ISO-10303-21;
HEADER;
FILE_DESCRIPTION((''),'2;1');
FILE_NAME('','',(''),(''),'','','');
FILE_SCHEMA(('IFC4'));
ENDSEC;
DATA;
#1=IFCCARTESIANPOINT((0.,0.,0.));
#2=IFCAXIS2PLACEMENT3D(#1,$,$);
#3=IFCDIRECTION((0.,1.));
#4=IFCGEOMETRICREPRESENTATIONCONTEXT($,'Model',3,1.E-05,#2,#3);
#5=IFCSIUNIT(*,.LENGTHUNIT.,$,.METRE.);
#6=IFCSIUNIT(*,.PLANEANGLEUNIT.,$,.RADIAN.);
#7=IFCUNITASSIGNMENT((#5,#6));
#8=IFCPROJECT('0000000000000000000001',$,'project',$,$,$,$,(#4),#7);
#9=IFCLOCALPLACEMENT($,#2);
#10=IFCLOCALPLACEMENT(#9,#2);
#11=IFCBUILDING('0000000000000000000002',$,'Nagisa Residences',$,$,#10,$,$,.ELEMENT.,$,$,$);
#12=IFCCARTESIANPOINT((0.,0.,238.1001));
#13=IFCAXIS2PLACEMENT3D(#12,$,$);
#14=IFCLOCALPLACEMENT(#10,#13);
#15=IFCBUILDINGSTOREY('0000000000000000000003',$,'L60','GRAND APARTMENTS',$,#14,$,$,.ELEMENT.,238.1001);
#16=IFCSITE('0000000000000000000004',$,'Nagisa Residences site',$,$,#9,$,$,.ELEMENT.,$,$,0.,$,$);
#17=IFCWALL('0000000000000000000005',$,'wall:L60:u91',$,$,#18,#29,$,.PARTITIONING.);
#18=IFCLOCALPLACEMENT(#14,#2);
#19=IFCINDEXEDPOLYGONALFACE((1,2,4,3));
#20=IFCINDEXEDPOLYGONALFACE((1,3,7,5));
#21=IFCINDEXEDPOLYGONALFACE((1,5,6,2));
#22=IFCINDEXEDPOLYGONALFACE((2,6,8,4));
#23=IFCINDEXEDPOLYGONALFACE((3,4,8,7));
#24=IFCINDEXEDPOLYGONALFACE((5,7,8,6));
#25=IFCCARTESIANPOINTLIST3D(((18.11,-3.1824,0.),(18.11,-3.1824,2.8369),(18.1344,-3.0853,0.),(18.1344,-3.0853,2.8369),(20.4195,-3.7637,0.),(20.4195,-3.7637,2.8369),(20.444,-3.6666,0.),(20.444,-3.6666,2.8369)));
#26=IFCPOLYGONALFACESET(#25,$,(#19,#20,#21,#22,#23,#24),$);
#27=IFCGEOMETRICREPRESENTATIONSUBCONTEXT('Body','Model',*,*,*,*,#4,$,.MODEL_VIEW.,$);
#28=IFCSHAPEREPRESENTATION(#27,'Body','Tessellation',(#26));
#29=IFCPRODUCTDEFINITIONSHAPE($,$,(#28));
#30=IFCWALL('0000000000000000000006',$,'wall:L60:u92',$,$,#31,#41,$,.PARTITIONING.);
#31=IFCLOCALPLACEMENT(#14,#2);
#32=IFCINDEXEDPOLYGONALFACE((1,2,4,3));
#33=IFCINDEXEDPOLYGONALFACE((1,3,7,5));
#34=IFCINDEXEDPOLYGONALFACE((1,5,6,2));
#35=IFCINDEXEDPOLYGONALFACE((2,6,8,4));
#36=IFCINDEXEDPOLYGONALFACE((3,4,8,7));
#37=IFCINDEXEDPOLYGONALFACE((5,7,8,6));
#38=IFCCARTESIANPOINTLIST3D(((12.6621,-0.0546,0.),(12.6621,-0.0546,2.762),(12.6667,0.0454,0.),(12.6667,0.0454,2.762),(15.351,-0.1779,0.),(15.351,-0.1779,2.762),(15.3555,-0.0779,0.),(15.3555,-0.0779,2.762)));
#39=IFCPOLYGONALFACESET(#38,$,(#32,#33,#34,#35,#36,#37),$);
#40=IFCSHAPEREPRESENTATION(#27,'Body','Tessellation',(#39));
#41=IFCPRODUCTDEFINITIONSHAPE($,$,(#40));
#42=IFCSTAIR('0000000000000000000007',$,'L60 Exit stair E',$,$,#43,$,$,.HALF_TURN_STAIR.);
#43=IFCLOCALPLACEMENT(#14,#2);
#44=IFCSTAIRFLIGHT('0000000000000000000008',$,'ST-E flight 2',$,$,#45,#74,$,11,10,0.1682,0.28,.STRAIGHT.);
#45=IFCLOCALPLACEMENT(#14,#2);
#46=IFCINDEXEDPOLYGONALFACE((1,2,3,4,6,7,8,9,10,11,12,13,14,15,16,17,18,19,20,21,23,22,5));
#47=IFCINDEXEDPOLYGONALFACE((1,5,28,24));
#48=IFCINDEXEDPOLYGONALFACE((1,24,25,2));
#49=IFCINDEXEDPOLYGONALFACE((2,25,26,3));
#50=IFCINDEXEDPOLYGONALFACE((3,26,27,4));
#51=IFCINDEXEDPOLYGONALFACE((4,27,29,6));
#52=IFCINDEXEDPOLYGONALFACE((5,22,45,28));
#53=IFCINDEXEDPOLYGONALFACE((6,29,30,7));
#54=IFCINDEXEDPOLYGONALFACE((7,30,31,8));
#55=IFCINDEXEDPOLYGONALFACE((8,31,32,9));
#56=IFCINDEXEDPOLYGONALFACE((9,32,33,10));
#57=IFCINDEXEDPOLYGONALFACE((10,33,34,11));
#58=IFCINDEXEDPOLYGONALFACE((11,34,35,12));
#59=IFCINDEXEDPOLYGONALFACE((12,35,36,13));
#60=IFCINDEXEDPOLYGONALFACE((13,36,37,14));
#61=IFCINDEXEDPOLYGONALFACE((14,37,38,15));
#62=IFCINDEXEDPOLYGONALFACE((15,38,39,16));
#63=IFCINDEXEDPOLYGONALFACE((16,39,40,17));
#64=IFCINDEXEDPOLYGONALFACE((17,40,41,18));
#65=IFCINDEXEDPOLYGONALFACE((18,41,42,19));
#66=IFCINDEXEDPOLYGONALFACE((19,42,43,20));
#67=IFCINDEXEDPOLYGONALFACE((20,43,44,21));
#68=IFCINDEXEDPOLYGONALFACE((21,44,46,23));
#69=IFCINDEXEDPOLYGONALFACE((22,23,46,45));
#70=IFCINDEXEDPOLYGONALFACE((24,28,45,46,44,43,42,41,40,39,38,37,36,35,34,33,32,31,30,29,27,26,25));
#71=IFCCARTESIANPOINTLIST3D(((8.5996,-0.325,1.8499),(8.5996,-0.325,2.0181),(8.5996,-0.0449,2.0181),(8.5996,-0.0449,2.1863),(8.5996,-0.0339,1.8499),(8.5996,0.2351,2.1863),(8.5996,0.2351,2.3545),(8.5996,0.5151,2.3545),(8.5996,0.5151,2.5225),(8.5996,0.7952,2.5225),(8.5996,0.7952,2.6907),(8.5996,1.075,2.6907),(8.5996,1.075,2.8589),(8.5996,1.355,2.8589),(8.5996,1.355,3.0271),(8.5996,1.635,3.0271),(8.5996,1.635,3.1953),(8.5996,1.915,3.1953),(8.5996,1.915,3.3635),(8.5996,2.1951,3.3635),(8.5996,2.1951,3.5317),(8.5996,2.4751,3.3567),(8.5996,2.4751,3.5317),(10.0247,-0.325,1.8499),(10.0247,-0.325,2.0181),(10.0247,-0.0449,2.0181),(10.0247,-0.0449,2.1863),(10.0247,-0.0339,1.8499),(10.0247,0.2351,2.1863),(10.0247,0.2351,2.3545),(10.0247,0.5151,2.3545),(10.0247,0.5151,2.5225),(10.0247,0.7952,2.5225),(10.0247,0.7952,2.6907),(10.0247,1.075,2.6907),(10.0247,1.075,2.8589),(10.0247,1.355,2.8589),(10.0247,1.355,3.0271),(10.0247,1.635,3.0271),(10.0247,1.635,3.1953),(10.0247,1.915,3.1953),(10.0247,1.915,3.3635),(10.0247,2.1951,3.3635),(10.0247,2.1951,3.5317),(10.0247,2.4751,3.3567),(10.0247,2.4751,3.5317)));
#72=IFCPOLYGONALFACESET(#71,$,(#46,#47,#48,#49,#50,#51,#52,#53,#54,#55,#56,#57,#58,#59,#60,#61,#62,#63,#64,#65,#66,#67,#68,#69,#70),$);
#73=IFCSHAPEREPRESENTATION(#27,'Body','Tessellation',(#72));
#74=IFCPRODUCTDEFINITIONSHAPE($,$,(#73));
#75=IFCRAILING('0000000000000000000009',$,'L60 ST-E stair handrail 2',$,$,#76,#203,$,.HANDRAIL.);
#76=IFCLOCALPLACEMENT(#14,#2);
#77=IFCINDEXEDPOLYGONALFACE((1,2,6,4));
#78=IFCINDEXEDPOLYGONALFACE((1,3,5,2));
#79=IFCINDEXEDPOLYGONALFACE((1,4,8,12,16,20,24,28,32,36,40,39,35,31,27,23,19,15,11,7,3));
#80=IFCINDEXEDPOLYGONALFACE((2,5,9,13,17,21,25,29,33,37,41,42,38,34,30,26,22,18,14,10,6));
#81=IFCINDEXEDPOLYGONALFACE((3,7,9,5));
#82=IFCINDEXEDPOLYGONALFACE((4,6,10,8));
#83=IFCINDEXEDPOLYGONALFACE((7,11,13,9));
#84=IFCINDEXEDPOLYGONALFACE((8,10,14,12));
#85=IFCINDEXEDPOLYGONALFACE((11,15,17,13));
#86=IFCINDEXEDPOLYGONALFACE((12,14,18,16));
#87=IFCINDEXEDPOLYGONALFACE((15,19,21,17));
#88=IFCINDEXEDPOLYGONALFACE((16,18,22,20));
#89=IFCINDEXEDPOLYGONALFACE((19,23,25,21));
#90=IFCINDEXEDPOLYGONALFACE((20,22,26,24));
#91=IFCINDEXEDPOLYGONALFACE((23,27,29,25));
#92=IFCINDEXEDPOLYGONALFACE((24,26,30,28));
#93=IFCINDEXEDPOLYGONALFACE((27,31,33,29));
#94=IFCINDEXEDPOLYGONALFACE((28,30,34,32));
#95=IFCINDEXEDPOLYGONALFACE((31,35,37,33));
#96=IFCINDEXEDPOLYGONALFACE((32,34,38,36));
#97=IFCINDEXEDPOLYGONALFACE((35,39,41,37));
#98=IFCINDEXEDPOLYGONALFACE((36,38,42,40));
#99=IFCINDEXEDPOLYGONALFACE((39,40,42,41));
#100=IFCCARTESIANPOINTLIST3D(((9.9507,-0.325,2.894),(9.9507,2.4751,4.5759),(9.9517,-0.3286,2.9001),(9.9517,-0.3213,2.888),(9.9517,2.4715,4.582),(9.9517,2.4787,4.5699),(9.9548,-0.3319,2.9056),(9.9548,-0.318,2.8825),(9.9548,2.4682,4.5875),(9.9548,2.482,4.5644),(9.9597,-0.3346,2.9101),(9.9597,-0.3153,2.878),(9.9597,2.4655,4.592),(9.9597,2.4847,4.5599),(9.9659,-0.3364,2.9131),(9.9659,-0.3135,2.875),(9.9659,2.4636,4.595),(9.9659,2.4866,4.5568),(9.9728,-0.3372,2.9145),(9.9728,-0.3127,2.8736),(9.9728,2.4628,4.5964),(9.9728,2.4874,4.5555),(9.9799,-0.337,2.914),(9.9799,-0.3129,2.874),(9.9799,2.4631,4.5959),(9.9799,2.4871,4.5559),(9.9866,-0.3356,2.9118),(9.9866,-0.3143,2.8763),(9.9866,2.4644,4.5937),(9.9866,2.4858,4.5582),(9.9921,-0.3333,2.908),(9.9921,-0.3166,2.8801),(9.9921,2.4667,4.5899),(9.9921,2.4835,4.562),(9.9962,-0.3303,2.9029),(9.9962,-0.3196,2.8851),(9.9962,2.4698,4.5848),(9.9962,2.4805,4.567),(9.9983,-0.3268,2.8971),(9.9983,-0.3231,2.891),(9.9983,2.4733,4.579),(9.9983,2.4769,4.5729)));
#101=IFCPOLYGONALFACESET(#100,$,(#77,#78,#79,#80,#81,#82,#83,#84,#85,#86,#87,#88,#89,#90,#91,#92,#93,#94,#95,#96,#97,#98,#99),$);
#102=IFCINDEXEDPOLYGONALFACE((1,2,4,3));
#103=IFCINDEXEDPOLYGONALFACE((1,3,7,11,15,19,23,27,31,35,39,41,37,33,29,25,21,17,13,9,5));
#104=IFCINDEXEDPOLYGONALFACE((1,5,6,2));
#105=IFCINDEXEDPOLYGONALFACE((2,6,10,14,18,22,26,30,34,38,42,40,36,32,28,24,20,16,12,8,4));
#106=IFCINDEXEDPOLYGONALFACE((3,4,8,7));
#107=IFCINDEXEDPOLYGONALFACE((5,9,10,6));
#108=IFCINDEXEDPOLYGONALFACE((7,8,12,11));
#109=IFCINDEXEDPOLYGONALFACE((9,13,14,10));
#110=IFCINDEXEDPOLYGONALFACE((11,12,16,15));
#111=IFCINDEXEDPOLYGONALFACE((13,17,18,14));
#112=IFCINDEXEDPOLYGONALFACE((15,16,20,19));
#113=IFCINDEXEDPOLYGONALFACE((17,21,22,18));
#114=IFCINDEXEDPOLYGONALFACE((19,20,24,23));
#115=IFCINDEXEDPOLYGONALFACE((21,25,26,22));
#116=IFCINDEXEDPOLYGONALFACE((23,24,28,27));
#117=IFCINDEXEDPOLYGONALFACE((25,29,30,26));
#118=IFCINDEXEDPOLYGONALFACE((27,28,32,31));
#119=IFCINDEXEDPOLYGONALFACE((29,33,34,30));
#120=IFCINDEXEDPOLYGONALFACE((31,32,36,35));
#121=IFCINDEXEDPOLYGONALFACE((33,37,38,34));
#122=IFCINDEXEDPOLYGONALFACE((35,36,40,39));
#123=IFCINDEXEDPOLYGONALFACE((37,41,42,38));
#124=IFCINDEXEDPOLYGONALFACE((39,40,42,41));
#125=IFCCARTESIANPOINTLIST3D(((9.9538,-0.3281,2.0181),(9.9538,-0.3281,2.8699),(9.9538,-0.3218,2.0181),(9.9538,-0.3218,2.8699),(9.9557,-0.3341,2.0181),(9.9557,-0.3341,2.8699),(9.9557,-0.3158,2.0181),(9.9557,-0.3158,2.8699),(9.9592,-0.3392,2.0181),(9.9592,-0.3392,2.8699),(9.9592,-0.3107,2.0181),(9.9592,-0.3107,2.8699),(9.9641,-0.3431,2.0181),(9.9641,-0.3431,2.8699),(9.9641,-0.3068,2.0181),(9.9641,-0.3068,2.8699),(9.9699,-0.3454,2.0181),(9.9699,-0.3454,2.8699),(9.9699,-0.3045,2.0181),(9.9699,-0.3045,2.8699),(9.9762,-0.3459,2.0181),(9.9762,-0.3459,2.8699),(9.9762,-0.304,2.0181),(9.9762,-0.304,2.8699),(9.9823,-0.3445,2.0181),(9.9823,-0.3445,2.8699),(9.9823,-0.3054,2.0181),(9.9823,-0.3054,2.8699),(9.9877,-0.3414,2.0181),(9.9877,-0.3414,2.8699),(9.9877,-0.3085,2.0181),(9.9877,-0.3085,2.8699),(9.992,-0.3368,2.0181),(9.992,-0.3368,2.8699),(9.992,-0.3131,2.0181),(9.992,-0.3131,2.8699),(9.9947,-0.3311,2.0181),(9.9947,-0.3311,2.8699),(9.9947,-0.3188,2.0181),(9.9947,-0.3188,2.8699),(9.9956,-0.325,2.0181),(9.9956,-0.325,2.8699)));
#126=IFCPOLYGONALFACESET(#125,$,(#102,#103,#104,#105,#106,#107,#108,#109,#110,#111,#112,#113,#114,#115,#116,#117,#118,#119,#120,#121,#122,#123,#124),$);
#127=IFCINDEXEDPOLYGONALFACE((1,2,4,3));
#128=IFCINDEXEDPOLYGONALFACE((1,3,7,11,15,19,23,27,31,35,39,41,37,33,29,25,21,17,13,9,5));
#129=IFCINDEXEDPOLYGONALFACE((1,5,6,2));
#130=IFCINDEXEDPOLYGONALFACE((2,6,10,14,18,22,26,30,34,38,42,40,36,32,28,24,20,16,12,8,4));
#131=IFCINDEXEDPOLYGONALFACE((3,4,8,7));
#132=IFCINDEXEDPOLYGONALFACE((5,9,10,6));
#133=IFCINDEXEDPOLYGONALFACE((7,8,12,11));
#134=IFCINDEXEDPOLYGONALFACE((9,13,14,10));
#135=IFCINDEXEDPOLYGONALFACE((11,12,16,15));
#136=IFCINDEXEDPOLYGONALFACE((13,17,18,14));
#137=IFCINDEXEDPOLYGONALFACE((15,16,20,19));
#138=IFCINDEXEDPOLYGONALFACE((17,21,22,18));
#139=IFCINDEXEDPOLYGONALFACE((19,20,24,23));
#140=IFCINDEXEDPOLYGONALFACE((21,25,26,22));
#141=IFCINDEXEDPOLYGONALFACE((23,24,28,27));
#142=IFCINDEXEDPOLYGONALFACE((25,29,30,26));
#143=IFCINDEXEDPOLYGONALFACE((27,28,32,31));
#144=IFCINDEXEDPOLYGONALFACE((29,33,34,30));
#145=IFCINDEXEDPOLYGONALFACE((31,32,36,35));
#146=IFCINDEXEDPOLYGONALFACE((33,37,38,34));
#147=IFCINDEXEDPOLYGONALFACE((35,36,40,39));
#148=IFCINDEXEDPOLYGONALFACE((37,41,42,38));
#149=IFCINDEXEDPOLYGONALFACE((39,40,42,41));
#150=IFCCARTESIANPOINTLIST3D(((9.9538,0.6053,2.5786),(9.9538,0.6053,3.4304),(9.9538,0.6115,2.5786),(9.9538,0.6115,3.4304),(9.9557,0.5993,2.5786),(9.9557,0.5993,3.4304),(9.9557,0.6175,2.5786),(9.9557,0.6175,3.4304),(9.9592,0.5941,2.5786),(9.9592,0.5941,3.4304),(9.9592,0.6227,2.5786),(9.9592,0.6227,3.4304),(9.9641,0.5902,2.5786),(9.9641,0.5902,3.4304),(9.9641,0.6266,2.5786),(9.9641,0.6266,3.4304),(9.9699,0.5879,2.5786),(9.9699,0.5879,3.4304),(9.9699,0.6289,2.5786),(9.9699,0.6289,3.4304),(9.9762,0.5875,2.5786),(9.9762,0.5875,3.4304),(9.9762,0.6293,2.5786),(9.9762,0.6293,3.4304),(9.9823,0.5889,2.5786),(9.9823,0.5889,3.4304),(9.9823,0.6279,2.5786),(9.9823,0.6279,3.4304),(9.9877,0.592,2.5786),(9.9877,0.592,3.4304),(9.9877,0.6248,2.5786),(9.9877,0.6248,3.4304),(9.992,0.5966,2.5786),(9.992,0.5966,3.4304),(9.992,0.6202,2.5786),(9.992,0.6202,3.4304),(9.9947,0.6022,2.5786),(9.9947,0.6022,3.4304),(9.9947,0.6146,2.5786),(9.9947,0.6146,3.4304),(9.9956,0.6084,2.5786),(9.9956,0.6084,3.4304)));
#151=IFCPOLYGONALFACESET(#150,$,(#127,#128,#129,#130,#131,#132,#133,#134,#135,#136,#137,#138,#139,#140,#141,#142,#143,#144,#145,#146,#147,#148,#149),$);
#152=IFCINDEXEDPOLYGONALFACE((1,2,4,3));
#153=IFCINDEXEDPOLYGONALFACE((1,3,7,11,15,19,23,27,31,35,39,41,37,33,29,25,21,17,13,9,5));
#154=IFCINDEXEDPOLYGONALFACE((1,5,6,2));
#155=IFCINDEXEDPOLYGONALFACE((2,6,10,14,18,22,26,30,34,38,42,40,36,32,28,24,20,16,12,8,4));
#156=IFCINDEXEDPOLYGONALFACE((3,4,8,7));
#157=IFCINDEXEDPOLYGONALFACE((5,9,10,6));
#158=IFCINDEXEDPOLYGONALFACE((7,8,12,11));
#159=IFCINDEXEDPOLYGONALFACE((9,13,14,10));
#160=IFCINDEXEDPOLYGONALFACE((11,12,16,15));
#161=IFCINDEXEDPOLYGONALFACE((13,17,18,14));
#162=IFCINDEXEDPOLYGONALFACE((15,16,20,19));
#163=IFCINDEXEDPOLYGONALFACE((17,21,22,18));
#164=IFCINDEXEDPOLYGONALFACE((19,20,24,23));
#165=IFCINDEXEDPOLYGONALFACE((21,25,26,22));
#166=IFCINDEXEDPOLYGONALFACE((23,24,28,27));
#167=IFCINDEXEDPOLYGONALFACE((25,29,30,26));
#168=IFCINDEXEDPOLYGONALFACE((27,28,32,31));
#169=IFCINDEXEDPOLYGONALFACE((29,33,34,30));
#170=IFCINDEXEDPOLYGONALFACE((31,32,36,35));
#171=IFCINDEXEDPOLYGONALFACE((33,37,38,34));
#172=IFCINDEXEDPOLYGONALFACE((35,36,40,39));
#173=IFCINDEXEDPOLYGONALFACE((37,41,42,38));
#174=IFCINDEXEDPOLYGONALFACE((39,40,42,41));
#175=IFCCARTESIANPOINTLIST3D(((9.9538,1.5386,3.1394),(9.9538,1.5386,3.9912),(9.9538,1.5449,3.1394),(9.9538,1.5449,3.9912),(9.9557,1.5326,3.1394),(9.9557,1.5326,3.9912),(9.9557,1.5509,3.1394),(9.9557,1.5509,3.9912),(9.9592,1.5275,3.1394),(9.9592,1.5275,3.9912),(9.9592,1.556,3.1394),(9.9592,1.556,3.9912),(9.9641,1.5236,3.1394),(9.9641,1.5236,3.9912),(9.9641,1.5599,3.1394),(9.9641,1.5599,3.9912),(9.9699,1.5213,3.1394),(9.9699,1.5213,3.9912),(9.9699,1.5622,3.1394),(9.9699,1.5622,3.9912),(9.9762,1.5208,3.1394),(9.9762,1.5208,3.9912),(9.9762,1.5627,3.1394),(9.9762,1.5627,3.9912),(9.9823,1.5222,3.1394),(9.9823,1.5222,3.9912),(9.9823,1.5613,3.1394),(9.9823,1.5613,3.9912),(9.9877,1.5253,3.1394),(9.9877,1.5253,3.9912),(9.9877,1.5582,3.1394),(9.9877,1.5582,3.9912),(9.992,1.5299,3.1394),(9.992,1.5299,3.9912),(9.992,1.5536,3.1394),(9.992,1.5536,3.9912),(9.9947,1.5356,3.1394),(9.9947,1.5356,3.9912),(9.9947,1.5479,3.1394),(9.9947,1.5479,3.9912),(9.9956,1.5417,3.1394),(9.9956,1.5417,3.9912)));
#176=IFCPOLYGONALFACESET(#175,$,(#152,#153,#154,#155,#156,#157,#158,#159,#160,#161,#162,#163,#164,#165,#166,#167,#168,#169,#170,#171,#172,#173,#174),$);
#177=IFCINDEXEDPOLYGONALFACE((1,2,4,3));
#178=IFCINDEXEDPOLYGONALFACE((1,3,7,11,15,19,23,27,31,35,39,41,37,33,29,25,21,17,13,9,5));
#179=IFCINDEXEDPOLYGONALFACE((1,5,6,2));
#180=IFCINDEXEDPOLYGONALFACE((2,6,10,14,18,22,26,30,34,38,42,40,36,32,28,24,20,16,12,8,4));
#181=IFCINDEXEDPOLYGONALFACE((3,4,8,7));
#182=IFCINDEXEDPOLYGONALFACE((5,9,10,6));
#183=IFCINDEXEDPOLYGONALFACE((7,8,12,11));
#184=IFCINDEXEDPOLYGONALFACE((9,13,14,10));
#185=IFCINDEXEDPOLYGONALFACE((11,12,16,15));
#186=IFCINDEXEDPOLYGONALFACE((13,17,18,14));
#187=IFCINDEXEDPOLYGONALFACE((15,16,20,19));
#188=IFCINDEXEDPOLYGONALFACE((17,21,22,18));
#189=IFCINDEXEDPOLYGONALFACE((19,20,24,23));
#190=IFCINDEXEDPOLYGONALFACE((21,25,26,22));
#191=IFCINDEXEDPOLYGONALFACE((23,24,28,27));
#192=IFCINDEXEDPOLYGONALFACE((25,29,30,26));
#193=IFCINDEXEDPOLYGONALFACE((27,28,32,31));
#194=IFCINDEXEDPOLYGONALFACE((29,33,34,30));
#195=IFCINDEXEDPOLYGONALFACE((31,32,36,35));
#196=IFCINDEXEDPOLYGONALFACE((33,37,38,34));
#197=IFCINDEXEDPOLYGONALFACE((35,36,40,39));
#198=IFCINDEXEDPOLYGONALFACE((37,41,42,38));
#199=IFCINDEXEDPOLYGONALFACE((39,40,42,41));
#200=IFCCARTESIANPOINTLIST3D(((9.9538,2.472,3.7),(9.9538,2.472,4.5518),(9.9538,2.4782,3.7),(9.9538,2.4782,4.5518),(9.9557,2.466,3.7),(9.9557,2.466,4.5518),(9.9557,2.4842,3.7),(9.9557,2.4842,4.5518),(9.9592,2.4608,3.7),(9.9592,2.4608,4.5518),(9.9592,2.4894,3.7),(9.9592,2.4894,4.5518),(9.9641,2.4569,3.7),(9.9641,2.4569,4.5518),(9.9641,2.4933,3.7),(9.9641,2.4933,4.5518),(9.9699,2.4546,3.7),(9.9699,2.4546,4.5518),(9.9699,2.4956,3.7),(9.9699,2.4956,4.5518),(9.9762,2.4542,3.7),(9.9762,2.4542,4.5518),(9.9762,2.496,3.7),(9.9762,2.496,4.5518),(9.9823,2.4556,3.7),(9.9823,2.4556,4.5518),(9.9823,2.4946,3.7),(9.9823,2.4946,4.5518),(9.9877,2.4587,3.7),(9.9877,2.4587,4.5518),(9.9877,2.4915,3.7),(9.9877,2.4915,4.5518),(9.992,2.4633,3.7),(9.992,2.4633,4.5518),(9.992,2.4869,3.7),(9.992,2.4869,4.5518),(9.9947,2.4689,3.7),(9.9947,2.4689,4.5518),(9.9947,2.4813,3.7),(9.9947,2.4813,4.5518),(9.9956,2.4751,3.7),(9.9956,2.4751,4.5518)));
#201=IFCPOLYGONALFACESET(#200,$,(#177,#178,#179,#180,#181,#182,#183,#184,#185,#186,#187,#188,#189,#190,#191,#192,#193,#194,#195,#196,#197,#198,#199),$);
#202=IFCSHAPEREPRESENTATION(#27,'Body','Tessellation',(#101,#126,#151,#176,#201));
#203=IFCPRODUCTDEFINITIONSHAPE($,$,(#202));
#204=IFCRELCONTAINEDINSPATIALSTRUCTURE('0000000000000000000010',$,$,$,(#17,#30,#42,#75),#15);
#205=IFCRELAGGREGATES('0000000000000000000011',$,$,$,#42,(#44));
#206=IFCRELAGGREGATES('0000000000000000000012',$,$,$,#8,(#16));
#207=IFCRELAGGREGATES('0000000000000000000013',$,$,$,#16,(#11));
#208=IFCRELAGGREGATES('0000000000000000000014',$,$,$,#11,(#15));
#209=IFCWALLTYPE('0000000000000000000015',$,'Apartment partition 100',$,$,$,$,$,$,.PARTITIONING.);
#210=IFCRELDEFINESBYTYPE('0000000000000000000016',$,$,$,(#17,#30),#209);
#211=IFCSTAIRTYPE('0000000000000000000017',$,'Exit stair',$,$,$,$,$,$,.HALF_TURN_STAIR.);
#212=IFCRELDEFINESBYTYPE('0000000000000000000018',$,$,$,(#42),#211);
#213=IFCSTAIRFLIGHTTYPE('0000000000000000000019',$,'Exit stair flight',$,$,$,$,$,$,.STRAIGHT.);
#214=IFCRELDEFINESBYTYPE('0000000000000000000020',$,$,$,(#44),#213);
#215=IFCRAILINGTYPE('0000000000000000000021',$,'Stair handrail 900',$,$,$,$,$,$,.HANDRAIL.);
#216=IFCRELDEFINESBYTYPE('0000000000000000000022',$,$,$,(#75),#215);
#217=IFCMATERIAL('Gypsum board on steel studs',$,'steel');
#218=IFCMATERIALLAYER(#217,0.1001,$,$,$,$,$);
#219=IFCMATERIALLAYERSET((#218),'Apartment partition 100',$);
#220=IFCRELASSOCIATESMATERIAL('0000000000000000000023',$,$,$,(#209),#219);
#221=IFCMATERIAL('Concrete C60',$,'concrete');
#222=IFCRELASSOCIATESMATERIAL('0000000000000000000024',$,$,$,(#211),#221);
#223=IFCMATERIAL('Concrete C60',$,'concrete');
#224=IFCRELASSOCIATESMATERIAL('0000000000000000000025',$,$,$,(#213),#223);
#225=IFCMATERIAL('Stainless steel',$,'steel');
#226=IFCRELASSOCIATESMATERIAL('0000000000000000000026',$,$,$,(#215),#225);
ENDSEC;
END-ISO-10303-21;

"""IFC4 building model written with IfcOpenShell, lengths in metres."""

from ifc_helpers import new_model, si_unit, direction, frame, frame_2d, origin, origin_2d, place, context, subcontext, project, spatial, polyline, rectangle, circle, outline, extrude, material, layer, layer_set, type_object, element, aggregate, save


model = new_model("IFC4")

# Units and contexts
model_context = context("Model", 3, precision=1e-05, world=origin(), true_north=direction((0.0, 1.0)))
body_context = subcontext(model_context, "Body", "Model", "MODEL_VIEW")
ifc_project = project(units=[si_unit("LENGTHUNIT", "METRE"), si_unit("PLANEANGLEUNIT", "RADIAN")], contexts=[model_context])

# Site, building, storey
site_placement = place(None, origin())
site = spatial("IfcSite", under=ifc_project, at=site_placement, Name="Nagisa Residences site", CompositionType="ELEMENT", RefElevation=0.0)
building_placement = place(site_placement, origin())
building = spatial("IfcBuilding", under=site, at=building_placement, Name="Nagisa Residences", CompositionType="ELEMENT")
storey_placement = place(building_placement, frame((0.0, 0.0, 238.1001)))
storey = spatial("IfcBuildingStorey", under=building, at=storey_placement, Name="L60", Description="GRAND APARTMENTS", CompositionType="ELEMENT", Elevation=238.1001)

# Shared definitions
ifc_material_1 = material(Name="Gypsum board on steel studs", Category="steel")
ifc_layer_1 = layer(ifc_material_1, 0.1001)
ifc_layer_set_1 = layer_set([ifc_layer_1], Name="Apartment partition 100")
wall_type_1 = type_object("IfcWallType", Name="Apartment partition 100", PredefinedType="PARTITIONING", material=ifc_layer_set_1)

# Walls
wall_1_placement = place(storey_placement, frame((18.1221, -3.1338, 0.0), z_axis=(0.0, 0.0, 1.0), x_axis=(0.969755, -0.244079, 0.0)))
element("IfcWall", 1, at=wall_1_placement, inside=storey, type_object=wall_type_1, Name="wall:L60:u91", PredefinedType="PARTITIONING", context=body_context, shape_type="SweptSolid", body=[
    extrude(rectangle(XDim=2.3816, YDim=0.1001, at=frame_2d((1.1909, 0.0))), origin(), (0.0, 0.0, 1.0), 2.8369),
])
wall_2_placement = place(storey_placement, frame((12.6646, -0.0046, 0.0), z_axis=(0.0, 0.0, 1.0), x_axis=(0.99895, -0.045807, 0.0)))
element("IfcWall", 2, at=wall_2_placement, inside=storey, type_object=wall_type_1, Name="wall:L60:u92", PredefinedType="PARTITIONING", context=body_context, shape_type="SweptSolid", body=[
    extrude(rectangle(XDim=2.6917, YDim=0.1001, at=frame_2d((1.3457, 0.0))), origin(), (0.0, 0.0, 1.0), 2.762),
])

# Stair, stair flight
ifc_material_2 = material(Name="Concrete C60", Category="concrete")
stair_type = type_object("IfcStairType", Name="Exit stair", PredefinedType="HALF_TURN_STAIR", material=ifc_material_2)
stair_placement = place(storey_placement, origin())
stair = element("IfcStair", 3, at=stair_placement, inside=storey, type_object=stair_type, Name="L60 Exit stair E", PredefinedType="HALF_TURN_STAIR")
ifc_material_3 = material(Name="Concrete C60", Category="concrete")
stair_flight_type = type_object("IfcStairFlightType", Name="Exit stair flight", PredefinedType="STRAIGHT", material=ifc_material_3)
stair_flight_placement = place(storey_placement, frame((9.312, -0.325, 1.8499), z_axis=(0.0, 0.0, 1.0), x_axis=(0.0, 1.0, 0.0)))
stair_flight = element("IfcStairFlight", 4, at=stair_flight_placement, type_object=stair_flight_type, Name="ST-E flight 2", NumberOfRisers=11, NumberOfTreads=10, PredefinedType="STRAIGHT", RiserHeight=0.1682, TreadLength=0.28, context=body_context, shape_type="SweptSolid", body=[
    extrude(outline(polyline([(0.0, 0.0), (0.0, 0.1682), (0.28, 0.1682), (0.28, 0.3364), (0.5601, 0.3364), (0.5601, 0.5046), (0.8401, 0.5046), (0.8401, 0.6726), (1.1201, 0.6726), (1.1201, 0.8408), (1.3999, 0.8408), (1.3999, 1.009), (1.6799, 1.009), (1.6799, 1.1772), (1.96, 1.1772), (1.96, 1.3455), (2.24, 1.3455), (2.24, 1.5137), (2.52, 1.5137), (2.52, 1.6819), (2.8, 1.6819), (2.8, 1.8501), (2.8, 1.5068), (0.291, 0.0), (0.0, 0.0)])), frame((0.0, 0.7124, 0.0), z_axis=(0.0, -1.0, 0.0), x_axis=(1.0, 0.0, 0.0)), (0.0, 0.0, 1.0), 1.425),
])
aggregate(stair, [stair_flight])

# Railing
ifc_material_4 = material(Name="Stainless steel", Category="steel")
railing_type_1 = type_object("IfcRailingType", Name="Stair handrail 900", PredefinedType="HANDRAIL", material=ifc_material_4)
railing_1_placement = place(storey_placement, frame((9.9746, -0.325, 2.0181)))
element("IfcRailing", 5, at=railing_1_placement, inside=storey, type_object=railing_type_1, Name="L60 ST-E stair handrail 2", PredefinedType="HANDRAIL", context=body_context, shape_type="SweptSolid", body=[
    extrude(circle(Radius=0.0239, at=origin_2d()), frame((0.0, 0.0, 0.876), z_axis=(0.0, 0.857242, 0.514913), x_axis=(-1.0, 0.0, 0.0)), (0.0, 0.0, 1.0), 3.2664),
    extrude(circle(Radius=0.021, at=origin_2d()), origin(), (0.0, 0.0, 1.0), 0.8518),
    extrude(circle(Radius=0.021, at=origin_2d()), frame((0.0, 0.9333, 0.5605)), (0.0, 0.0, 1.0), 0.8518),
    extrude(circle(Radius=0.021, at=origin_2d()), frame((0.0, 1.8667, 1.1213)), (0.0, 0.0, 1.0), 0.8518),
    extrude(circle(Radius=0.021, at=origin_2d()), frame((0.0, 2.8, 1.6819)), (0.0, 0.0, 1.0), 0.8518),
])

save(model, "model.ifc")
